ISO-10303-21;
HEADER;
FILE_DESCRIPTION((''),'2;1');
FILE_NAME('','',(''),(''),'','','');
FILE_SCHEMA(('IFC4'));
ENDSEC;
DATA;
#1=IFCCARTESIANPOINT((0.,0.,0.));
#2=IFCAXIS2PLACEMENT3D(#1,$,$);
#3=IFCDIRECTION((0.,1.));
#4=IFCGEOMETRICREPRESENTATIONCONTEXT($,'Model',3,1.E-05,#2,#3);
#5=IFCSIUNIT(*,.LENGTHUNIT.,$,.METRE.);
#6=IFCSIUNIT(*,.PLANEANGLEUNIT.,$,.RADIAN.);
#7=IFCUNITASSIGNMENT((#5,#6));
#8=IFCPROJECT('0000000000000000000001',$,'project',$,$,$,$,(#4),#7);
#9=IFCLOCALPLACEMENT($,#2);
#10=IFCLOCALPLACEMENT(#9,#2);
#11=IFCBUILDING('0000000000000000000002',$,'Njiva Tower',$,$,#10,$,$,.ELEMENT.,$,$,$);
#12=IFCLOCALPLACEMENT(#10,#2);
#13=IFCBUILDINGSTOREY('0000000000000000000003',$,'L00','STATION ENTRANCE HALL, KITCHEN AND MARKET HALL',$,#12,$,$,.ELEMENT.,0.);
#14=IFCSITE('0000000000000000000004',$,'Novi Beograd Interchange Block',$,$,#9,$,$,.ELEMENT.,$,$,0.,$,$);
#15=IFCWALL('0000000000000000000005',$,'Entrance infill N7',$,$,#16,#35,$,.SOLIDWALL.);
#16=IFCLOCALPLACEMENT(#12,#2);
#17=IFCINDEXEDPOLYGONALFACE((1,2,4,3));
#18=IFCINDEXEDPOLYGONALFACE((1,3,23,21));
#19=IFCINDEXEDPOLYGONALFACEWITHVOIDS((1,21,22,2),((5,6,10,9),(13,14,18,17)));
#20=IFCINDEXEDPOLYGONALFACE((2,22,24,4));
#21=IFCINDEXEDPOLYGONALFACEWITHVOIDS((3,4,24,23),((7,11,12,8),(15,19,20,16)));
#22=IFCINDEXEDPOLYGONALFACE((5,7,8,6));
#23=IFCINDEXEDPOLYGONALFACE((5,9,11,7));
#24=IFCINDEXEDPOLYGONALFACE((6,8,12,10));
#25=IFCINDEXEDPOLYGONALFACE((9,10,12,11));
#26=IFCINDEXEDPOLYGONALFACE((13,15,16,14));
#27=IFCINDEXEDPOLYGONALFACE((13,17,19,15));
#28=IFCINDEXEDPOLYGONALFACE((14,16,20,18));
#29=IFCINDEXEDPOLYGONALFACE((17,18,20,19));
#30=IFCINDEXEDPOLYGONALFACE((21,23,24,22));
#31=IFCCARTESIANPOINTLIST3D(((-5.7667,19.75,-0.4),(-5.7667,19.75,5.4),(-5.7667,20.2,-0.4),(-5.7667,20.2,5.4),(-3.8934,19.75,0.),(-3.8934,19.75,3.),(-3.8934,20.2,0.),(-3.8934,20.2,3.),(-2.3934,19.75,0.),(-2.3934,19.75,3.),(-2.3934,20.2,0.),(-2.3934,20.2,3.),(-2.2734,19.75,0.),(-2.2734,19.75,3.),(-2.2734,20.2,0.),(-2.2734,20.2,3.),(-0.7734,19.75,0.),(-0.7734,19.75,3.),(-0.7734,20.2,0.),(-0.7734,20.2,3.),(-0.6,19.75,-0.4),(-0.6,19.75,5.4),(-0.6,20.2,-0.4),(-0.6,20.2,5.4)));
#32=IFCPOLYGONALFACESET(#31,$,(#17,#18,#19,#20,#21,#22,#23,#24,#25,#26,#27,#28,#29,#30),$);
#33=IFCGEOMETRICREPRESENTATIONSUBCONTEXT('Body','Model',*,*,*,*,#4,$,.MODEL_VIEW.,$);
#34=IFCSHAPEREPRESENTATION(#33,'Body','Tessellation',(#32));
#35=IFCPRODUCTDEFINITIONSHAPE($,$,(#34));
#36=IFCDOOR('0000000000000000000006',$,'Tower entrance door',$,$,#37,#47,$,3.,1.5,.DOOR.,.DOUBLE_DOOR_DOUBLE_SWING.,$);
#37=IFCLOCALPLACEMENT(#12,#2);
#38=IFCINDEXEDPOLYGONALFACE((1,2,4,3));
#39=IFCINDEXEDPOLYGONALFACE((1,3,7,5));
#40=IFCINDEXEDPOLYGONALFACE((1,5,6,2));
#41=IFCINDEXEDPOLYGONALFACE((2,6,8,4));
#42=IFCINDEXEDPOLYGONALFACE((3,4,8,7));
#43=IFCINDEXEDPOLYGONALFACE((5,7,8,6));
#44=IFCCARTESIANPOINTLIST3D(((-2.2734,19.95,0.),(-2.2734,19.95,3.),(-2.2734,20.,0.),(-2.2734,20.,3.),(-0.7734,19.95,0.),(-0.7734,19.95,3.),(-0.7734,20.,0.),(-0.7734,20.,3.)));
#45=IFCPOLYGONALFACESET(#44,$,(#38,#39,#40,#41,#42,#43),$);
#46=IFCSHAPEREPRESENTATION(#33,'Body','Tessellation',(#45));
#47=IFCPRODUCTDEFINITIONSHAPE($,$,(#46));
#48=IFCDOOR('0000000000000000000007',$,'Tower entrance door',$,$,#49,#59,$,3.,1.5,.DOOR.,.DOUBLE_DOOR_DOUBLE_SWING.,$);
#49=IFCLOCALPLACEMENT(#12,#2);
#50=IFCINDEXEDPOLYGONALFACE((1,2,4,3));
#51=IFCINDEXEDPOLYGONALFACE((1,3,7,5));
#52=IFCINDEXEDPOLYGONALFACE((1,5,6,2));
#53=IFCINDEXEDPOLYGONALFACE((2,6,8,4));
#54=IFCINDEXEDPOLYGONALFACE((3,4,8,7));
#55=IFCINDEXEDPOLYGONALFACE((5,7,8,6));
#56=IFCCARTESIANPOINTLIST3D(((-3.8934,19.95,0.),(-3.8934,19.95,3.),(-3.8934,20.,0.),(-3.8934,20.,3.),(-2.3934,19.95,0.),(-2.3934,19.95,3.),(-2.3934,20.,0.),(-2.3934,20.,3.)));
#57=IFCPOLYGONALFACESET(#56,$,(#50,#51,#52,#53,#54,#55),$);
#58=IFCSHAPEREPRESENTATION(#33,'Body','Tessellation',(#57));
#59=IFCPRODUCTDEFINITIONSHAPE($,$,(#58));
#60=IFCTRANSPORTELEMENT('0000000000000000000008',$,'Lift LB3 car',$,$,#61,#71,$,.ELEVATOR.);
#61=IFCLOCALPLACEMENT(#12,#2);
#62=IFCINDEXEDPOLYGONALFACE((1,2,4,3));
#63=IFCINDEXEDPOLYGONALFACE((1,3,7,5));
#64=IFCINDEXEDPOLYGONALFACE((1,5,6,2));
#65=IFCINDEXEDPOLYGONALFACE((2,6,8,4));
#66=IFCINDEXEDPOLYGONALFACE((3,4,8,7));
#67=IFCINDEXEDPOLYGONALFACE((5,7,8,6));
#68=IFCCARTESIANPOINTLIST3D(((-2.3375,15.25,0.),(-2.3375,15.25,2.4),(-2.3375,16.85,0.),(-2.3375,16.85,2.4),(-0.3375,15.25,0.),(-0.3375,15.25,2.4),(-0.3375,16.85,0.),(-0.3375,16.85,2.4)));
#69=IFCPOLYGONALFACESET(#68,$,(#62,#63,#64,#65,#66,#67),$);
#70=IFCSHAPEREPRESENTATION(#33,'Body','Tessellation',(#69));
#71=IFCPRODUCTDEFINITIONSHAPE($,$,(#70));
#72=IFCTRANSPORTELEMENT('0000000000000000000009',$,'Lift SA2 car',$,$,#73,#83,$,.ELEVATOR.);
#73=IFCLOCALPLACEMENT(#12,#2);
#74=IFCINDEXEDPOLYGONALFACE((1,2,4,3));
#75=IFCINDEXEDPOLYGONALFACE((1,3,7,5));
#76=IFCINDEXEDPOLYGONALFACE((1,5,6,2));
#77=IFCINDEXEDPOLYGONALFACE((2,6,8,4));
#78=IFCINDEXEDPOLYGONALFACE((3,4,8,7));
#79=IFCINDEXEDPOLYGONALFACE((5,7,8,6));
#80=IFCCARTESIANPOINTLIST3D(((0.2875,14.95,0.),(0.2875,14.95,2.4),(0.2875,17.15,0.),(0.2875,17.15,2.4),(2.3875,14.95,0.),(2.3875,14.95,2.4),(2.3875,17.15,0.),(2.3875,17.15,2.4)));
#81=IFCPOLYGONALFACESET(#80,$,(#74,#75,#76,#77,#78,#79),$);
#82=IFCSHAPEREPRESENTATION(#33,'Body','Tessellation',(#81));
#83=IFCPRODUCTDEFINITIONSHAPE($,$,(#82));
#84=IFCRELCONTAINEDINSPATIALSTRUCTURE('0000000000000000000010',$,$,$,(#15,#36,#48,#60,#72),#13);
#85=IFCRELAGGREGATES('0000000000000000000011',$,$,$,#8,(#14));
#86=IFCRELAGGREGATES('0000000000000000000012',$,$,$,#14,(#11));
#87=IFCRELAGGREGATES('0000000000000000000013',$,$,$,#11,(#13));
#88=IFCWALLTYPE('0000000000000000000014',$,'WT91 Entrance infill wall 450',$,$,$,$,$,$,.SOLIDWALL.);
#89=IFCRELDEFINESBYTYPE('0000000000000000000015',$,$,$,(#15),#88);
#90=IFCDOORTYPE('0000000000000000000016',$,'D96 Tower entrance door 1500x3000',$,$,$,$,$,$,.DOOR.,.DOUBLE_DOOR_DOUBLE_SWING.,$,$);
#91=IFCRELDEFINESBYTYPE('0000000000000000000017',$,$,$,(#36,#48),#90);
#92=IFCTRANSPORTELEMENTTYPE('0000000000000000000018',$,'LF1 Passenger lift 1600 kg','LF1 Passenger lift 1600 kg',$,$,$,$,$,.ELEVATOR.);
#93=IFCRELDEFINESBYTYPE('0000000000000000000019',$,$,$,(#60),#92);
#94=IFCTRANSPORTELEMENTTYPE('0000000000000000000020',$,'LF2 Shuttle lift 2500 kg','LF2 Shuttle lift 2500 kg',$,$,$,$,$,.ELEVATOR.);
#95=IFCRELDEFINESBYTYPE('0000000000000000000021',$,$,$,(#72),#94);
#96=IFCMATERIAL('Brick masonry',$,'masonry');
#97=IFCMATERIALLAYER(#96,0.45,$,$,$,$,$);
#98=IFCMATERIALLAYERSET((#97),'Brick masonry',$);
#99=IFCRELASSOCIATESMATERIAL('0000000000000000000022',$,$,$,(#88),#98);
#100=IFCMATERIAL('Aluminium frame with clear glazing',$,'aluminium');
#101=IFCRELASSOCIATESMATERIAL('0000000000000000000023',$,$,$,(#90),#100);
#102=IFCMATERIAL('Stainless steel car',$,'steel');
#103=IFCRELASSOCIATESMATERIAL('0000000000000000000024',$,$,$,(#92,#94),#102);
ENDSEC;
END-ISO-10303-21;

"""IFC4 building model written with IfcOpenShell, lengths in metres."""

from ifc_helpers import new_model, si_unit, direction, frame, frame_2d, origin, origin_2d, place, context, subcontext, project, spatial, polyline, rectangle, outline, extrude, material, layer, layer_set, type_object, element, fill, save


model = new_model("IFC4")

# Units and contexts
model_context = context("Model", 3, precision=1e-05, world=origin(), true_north=direction((0.0, 1.0)))
body_context = subcontext(model_context, "Body", "Model", "MODEL_VIEW")
ifc_project = project(units=[si_unit("LENGTHUNIT", "METRE"), si_unit("PLANEANGLEUNIT", "RADIAN")], contexts=[model_context])

# Site, building, storey
site_placement = place(None, origin())
site = spatial("IfcSite", under=ifc_project, at=site_placement, Name="Novi Beograd Interchange Block", CompositionType="ELEMENT", RefElevation=0.0)
building_placement = place(site_placement, origin())
building = spatial("IfcBuilding", under=site, at=building_placement, Name="Njiva Tower", CompositionType="ELEMENT")
storey_placement = place(building_placement, origin())
storey = spatial("IfcBuildingStorey", under=building, at=storey_placement, Name="L00", Description="STATION ENTRANCE HALL, KITCHEN AND MARKET HALL", CompositionType="ELEMENT", Elevation=0.0)

# Shared definitions
ifc_material_1 = material(Name="Brick masonry", Category="masonry")

# Wall, openings, doors
ifc_layer_1 = layer(ifc_material_1, 0.45)
ifc_layer_set_1 = layer_set([ifc_layer_1], Name="Brick masonry")
wall_type_1 = type_object("IfcWallType", Name="WT91 Entrance infill wall 450", PredefinedType="SOLIDWALL", material=ifc_layer_set_1)
ifc_material_2 = material(Name="Aluminium frame with clear glazing", Category="aluminium")
door_type_1 = type_object("IfcDoorType", Name="D96 Tower entrance door 1500x3000", OperationType="DOUBLE_DOOR_DOUBLE_SWING", PredefinedType="DOOR", material=ifc_material_2)
wall_1_placement = place(storey_placement, frame((-0.6, 19.975, -0.4), z_axis=(0.0, 0.0, 1.0), x_axis=(-1.0, 0.0, 0.0)))
wall_1 = element("IfcWall", 1, at=wall_1_placement, inside=storey, type_object=wall_type_1, Name="Entrance infill N7", PredefinedType="SOLIDWALL", context=body_context, shape_type="SweptSolid", body=[
    extrude(outline(polyline([(0.0, -0.225), (5.1667, -0.225), (5.1667, 0.225), (0.0, 0.225), (0.0, -0.225)])), origin(), (0.0, 0.0, 1.0), 5.8),
])
opening_1_placement = place(wall_1_placement, frame((0.1734, 0.0, 0.4)))
opening_1 = element("IfcOpeningElement", 2, at=opening_1_placement, cuts=wall_1, PredefinedType="OPENING", context=body_context, shape_type="SweptSolid", body=[
    extrude(rectangle(XDim=1.5, YDim=3.0, at=frame_2d((0.75, 1.5))), frame((0.0, 0.235, 0.0), z_axis=(0.0, -1.0, 0.0), x_axis=(1.0, 0.0, 0.0)), (0.0, 0.0, 1.0), 0.47),
])
opening_2_placement = place(wall_1_placement, frame((1.7934, 0.0, 0.4)))
opening_2 = element("IfcOpeningElement", 3, at=opening_2_placement, cuts=wall_1, PredefinedType="OPENING", context=body_context, shape_type="SweptSolid", body=[
    extrude(rectangle(XDim=1.5, YDim=3.0, at=frame_2d((0.75, 1.5))), frame((0.0, 0.235, 0.0), z_axis=(0.0, -1.0, 0.0), x_axis=(1.0, 0.0, 0.0)), (0.0, 0.0, 1.0), 0.47),
])
door_1_placement = place(opening_1_placement, frame((1.5, 0.0, 0.0), z_axis=(0.0, 0.0, 1.0), x_axis=(-1.0, 0.0, 0.0)))
door_1 = element("IfcDoor", 4, at=door_1_placement, inside=storey, type_object=door_type_1, Name="Tower entrance door", OperationType="DOUBLE_DOOR_DOUBLE_SWING", OverallHeight=3.0, OverallWidth=1.5, PredefinedType="DOOR", context=body_context, shape_type="SweptSolid", body=[
    extrude(rectangle(XDim=1.5, YDim=3.0, at=frame_2d((0.75, 1.5))), frame((0.0, 0.025, 0.0), z_axis=(0.0, -1.0, 0.0), x_axis=(1.0, 0.0, 0.0)), (0.0, 0.0, 1.0), 0.05),
])
fill(opening_1, door_1)
door_2_placement = place(opening_2_placement, frame((1.5, 0.0, 0.0), z_axis=(0.0, 0.0, 1.0), x_axis=(-1.0, 0.0, 0.0)))
door_2 = element("IfcDoor", 5, at=door_2_placement, inside=storey, type_object=door_type_1, Name="Tower entrance door", OperationType="DOUBLE_DOOR_DOUBLE_SWING", OverallHeight=3.0, OverallWidth=1.5, PredefinedType="DOOR", context=body_context, shape_type="SweptSolid", body=[
    extrude(rectangle(XDim=1.5, YDim=3.0, at=frame_2d((0.75, 1.5))), frame((0.0, 0.025, 0.0), z_axis=(0.0, -1.0, 0.0), x_axis=(1.0, 0.0, 0.0)), (0.0, 0.0, 1.0), 0.05),
])
fill(opening_2, door_2)

# Transport elements
ifc_material_3 = material(Name="Stainless steel car", Category="steel")
transport_element_type_1 = type_object("IfcTransportElementType", Name="LF1 Passenger lift 1600 kg", Description="LF1 Passenger lift 1600 kg", PredefinedType="ELEVATOR", material=ifc_material_3)
transport_element_1_placement = place(storey_placement, frame((-1.3375, 16.05, 0.0), z_axis=(0.0, 0.0, 1.0), x_axis=(1.0, 0.0, 0.0)))
element("IfcTransportElement", 6, at=transport_element_1_placement, inside=storey, type_object=transport_element_type_1, Name="Lift LB3 car", PredefinedType="ELEVATOR", context=body_context, shape_type="SweptSolid", body=[
    extrude(rectangle(XDim=2.0, YDim=1.6, at=origin_2d()), origin(), (0.0, 0.0, 1.0), 2.4),
])
transport_element_type_2 = type_object("IfcTransportElementType", Name="LF2 Shuttle lift 2500 kg", Description="LF2 Shuttle lift 2500 kg", PredefinedType="ELEVATOR", material=ifc_material_3)
transport_element_2_placement = place(storey_placement, frame((1.3375, 16.05, 0.0), z_axis=(0.0, 0.0, 1.0), x_axis=(1.0, 0.0, 0.0)))
element("IfcTransportElement", 7, at=transport_element_2_placement, inside=storey, type_object=transport_element_type_2, Name="Lift SA2 car", PredefinedType="ELEVATOR", context=body_context, shape_type="SweptSolid", body=[
    extrude(rectangle(XDim=2.1, YDim=2.2, at=origin_2d()), origin(), (0.0, 0.0, 1.0), 2.4),
])

save(model, "model.ifc")
